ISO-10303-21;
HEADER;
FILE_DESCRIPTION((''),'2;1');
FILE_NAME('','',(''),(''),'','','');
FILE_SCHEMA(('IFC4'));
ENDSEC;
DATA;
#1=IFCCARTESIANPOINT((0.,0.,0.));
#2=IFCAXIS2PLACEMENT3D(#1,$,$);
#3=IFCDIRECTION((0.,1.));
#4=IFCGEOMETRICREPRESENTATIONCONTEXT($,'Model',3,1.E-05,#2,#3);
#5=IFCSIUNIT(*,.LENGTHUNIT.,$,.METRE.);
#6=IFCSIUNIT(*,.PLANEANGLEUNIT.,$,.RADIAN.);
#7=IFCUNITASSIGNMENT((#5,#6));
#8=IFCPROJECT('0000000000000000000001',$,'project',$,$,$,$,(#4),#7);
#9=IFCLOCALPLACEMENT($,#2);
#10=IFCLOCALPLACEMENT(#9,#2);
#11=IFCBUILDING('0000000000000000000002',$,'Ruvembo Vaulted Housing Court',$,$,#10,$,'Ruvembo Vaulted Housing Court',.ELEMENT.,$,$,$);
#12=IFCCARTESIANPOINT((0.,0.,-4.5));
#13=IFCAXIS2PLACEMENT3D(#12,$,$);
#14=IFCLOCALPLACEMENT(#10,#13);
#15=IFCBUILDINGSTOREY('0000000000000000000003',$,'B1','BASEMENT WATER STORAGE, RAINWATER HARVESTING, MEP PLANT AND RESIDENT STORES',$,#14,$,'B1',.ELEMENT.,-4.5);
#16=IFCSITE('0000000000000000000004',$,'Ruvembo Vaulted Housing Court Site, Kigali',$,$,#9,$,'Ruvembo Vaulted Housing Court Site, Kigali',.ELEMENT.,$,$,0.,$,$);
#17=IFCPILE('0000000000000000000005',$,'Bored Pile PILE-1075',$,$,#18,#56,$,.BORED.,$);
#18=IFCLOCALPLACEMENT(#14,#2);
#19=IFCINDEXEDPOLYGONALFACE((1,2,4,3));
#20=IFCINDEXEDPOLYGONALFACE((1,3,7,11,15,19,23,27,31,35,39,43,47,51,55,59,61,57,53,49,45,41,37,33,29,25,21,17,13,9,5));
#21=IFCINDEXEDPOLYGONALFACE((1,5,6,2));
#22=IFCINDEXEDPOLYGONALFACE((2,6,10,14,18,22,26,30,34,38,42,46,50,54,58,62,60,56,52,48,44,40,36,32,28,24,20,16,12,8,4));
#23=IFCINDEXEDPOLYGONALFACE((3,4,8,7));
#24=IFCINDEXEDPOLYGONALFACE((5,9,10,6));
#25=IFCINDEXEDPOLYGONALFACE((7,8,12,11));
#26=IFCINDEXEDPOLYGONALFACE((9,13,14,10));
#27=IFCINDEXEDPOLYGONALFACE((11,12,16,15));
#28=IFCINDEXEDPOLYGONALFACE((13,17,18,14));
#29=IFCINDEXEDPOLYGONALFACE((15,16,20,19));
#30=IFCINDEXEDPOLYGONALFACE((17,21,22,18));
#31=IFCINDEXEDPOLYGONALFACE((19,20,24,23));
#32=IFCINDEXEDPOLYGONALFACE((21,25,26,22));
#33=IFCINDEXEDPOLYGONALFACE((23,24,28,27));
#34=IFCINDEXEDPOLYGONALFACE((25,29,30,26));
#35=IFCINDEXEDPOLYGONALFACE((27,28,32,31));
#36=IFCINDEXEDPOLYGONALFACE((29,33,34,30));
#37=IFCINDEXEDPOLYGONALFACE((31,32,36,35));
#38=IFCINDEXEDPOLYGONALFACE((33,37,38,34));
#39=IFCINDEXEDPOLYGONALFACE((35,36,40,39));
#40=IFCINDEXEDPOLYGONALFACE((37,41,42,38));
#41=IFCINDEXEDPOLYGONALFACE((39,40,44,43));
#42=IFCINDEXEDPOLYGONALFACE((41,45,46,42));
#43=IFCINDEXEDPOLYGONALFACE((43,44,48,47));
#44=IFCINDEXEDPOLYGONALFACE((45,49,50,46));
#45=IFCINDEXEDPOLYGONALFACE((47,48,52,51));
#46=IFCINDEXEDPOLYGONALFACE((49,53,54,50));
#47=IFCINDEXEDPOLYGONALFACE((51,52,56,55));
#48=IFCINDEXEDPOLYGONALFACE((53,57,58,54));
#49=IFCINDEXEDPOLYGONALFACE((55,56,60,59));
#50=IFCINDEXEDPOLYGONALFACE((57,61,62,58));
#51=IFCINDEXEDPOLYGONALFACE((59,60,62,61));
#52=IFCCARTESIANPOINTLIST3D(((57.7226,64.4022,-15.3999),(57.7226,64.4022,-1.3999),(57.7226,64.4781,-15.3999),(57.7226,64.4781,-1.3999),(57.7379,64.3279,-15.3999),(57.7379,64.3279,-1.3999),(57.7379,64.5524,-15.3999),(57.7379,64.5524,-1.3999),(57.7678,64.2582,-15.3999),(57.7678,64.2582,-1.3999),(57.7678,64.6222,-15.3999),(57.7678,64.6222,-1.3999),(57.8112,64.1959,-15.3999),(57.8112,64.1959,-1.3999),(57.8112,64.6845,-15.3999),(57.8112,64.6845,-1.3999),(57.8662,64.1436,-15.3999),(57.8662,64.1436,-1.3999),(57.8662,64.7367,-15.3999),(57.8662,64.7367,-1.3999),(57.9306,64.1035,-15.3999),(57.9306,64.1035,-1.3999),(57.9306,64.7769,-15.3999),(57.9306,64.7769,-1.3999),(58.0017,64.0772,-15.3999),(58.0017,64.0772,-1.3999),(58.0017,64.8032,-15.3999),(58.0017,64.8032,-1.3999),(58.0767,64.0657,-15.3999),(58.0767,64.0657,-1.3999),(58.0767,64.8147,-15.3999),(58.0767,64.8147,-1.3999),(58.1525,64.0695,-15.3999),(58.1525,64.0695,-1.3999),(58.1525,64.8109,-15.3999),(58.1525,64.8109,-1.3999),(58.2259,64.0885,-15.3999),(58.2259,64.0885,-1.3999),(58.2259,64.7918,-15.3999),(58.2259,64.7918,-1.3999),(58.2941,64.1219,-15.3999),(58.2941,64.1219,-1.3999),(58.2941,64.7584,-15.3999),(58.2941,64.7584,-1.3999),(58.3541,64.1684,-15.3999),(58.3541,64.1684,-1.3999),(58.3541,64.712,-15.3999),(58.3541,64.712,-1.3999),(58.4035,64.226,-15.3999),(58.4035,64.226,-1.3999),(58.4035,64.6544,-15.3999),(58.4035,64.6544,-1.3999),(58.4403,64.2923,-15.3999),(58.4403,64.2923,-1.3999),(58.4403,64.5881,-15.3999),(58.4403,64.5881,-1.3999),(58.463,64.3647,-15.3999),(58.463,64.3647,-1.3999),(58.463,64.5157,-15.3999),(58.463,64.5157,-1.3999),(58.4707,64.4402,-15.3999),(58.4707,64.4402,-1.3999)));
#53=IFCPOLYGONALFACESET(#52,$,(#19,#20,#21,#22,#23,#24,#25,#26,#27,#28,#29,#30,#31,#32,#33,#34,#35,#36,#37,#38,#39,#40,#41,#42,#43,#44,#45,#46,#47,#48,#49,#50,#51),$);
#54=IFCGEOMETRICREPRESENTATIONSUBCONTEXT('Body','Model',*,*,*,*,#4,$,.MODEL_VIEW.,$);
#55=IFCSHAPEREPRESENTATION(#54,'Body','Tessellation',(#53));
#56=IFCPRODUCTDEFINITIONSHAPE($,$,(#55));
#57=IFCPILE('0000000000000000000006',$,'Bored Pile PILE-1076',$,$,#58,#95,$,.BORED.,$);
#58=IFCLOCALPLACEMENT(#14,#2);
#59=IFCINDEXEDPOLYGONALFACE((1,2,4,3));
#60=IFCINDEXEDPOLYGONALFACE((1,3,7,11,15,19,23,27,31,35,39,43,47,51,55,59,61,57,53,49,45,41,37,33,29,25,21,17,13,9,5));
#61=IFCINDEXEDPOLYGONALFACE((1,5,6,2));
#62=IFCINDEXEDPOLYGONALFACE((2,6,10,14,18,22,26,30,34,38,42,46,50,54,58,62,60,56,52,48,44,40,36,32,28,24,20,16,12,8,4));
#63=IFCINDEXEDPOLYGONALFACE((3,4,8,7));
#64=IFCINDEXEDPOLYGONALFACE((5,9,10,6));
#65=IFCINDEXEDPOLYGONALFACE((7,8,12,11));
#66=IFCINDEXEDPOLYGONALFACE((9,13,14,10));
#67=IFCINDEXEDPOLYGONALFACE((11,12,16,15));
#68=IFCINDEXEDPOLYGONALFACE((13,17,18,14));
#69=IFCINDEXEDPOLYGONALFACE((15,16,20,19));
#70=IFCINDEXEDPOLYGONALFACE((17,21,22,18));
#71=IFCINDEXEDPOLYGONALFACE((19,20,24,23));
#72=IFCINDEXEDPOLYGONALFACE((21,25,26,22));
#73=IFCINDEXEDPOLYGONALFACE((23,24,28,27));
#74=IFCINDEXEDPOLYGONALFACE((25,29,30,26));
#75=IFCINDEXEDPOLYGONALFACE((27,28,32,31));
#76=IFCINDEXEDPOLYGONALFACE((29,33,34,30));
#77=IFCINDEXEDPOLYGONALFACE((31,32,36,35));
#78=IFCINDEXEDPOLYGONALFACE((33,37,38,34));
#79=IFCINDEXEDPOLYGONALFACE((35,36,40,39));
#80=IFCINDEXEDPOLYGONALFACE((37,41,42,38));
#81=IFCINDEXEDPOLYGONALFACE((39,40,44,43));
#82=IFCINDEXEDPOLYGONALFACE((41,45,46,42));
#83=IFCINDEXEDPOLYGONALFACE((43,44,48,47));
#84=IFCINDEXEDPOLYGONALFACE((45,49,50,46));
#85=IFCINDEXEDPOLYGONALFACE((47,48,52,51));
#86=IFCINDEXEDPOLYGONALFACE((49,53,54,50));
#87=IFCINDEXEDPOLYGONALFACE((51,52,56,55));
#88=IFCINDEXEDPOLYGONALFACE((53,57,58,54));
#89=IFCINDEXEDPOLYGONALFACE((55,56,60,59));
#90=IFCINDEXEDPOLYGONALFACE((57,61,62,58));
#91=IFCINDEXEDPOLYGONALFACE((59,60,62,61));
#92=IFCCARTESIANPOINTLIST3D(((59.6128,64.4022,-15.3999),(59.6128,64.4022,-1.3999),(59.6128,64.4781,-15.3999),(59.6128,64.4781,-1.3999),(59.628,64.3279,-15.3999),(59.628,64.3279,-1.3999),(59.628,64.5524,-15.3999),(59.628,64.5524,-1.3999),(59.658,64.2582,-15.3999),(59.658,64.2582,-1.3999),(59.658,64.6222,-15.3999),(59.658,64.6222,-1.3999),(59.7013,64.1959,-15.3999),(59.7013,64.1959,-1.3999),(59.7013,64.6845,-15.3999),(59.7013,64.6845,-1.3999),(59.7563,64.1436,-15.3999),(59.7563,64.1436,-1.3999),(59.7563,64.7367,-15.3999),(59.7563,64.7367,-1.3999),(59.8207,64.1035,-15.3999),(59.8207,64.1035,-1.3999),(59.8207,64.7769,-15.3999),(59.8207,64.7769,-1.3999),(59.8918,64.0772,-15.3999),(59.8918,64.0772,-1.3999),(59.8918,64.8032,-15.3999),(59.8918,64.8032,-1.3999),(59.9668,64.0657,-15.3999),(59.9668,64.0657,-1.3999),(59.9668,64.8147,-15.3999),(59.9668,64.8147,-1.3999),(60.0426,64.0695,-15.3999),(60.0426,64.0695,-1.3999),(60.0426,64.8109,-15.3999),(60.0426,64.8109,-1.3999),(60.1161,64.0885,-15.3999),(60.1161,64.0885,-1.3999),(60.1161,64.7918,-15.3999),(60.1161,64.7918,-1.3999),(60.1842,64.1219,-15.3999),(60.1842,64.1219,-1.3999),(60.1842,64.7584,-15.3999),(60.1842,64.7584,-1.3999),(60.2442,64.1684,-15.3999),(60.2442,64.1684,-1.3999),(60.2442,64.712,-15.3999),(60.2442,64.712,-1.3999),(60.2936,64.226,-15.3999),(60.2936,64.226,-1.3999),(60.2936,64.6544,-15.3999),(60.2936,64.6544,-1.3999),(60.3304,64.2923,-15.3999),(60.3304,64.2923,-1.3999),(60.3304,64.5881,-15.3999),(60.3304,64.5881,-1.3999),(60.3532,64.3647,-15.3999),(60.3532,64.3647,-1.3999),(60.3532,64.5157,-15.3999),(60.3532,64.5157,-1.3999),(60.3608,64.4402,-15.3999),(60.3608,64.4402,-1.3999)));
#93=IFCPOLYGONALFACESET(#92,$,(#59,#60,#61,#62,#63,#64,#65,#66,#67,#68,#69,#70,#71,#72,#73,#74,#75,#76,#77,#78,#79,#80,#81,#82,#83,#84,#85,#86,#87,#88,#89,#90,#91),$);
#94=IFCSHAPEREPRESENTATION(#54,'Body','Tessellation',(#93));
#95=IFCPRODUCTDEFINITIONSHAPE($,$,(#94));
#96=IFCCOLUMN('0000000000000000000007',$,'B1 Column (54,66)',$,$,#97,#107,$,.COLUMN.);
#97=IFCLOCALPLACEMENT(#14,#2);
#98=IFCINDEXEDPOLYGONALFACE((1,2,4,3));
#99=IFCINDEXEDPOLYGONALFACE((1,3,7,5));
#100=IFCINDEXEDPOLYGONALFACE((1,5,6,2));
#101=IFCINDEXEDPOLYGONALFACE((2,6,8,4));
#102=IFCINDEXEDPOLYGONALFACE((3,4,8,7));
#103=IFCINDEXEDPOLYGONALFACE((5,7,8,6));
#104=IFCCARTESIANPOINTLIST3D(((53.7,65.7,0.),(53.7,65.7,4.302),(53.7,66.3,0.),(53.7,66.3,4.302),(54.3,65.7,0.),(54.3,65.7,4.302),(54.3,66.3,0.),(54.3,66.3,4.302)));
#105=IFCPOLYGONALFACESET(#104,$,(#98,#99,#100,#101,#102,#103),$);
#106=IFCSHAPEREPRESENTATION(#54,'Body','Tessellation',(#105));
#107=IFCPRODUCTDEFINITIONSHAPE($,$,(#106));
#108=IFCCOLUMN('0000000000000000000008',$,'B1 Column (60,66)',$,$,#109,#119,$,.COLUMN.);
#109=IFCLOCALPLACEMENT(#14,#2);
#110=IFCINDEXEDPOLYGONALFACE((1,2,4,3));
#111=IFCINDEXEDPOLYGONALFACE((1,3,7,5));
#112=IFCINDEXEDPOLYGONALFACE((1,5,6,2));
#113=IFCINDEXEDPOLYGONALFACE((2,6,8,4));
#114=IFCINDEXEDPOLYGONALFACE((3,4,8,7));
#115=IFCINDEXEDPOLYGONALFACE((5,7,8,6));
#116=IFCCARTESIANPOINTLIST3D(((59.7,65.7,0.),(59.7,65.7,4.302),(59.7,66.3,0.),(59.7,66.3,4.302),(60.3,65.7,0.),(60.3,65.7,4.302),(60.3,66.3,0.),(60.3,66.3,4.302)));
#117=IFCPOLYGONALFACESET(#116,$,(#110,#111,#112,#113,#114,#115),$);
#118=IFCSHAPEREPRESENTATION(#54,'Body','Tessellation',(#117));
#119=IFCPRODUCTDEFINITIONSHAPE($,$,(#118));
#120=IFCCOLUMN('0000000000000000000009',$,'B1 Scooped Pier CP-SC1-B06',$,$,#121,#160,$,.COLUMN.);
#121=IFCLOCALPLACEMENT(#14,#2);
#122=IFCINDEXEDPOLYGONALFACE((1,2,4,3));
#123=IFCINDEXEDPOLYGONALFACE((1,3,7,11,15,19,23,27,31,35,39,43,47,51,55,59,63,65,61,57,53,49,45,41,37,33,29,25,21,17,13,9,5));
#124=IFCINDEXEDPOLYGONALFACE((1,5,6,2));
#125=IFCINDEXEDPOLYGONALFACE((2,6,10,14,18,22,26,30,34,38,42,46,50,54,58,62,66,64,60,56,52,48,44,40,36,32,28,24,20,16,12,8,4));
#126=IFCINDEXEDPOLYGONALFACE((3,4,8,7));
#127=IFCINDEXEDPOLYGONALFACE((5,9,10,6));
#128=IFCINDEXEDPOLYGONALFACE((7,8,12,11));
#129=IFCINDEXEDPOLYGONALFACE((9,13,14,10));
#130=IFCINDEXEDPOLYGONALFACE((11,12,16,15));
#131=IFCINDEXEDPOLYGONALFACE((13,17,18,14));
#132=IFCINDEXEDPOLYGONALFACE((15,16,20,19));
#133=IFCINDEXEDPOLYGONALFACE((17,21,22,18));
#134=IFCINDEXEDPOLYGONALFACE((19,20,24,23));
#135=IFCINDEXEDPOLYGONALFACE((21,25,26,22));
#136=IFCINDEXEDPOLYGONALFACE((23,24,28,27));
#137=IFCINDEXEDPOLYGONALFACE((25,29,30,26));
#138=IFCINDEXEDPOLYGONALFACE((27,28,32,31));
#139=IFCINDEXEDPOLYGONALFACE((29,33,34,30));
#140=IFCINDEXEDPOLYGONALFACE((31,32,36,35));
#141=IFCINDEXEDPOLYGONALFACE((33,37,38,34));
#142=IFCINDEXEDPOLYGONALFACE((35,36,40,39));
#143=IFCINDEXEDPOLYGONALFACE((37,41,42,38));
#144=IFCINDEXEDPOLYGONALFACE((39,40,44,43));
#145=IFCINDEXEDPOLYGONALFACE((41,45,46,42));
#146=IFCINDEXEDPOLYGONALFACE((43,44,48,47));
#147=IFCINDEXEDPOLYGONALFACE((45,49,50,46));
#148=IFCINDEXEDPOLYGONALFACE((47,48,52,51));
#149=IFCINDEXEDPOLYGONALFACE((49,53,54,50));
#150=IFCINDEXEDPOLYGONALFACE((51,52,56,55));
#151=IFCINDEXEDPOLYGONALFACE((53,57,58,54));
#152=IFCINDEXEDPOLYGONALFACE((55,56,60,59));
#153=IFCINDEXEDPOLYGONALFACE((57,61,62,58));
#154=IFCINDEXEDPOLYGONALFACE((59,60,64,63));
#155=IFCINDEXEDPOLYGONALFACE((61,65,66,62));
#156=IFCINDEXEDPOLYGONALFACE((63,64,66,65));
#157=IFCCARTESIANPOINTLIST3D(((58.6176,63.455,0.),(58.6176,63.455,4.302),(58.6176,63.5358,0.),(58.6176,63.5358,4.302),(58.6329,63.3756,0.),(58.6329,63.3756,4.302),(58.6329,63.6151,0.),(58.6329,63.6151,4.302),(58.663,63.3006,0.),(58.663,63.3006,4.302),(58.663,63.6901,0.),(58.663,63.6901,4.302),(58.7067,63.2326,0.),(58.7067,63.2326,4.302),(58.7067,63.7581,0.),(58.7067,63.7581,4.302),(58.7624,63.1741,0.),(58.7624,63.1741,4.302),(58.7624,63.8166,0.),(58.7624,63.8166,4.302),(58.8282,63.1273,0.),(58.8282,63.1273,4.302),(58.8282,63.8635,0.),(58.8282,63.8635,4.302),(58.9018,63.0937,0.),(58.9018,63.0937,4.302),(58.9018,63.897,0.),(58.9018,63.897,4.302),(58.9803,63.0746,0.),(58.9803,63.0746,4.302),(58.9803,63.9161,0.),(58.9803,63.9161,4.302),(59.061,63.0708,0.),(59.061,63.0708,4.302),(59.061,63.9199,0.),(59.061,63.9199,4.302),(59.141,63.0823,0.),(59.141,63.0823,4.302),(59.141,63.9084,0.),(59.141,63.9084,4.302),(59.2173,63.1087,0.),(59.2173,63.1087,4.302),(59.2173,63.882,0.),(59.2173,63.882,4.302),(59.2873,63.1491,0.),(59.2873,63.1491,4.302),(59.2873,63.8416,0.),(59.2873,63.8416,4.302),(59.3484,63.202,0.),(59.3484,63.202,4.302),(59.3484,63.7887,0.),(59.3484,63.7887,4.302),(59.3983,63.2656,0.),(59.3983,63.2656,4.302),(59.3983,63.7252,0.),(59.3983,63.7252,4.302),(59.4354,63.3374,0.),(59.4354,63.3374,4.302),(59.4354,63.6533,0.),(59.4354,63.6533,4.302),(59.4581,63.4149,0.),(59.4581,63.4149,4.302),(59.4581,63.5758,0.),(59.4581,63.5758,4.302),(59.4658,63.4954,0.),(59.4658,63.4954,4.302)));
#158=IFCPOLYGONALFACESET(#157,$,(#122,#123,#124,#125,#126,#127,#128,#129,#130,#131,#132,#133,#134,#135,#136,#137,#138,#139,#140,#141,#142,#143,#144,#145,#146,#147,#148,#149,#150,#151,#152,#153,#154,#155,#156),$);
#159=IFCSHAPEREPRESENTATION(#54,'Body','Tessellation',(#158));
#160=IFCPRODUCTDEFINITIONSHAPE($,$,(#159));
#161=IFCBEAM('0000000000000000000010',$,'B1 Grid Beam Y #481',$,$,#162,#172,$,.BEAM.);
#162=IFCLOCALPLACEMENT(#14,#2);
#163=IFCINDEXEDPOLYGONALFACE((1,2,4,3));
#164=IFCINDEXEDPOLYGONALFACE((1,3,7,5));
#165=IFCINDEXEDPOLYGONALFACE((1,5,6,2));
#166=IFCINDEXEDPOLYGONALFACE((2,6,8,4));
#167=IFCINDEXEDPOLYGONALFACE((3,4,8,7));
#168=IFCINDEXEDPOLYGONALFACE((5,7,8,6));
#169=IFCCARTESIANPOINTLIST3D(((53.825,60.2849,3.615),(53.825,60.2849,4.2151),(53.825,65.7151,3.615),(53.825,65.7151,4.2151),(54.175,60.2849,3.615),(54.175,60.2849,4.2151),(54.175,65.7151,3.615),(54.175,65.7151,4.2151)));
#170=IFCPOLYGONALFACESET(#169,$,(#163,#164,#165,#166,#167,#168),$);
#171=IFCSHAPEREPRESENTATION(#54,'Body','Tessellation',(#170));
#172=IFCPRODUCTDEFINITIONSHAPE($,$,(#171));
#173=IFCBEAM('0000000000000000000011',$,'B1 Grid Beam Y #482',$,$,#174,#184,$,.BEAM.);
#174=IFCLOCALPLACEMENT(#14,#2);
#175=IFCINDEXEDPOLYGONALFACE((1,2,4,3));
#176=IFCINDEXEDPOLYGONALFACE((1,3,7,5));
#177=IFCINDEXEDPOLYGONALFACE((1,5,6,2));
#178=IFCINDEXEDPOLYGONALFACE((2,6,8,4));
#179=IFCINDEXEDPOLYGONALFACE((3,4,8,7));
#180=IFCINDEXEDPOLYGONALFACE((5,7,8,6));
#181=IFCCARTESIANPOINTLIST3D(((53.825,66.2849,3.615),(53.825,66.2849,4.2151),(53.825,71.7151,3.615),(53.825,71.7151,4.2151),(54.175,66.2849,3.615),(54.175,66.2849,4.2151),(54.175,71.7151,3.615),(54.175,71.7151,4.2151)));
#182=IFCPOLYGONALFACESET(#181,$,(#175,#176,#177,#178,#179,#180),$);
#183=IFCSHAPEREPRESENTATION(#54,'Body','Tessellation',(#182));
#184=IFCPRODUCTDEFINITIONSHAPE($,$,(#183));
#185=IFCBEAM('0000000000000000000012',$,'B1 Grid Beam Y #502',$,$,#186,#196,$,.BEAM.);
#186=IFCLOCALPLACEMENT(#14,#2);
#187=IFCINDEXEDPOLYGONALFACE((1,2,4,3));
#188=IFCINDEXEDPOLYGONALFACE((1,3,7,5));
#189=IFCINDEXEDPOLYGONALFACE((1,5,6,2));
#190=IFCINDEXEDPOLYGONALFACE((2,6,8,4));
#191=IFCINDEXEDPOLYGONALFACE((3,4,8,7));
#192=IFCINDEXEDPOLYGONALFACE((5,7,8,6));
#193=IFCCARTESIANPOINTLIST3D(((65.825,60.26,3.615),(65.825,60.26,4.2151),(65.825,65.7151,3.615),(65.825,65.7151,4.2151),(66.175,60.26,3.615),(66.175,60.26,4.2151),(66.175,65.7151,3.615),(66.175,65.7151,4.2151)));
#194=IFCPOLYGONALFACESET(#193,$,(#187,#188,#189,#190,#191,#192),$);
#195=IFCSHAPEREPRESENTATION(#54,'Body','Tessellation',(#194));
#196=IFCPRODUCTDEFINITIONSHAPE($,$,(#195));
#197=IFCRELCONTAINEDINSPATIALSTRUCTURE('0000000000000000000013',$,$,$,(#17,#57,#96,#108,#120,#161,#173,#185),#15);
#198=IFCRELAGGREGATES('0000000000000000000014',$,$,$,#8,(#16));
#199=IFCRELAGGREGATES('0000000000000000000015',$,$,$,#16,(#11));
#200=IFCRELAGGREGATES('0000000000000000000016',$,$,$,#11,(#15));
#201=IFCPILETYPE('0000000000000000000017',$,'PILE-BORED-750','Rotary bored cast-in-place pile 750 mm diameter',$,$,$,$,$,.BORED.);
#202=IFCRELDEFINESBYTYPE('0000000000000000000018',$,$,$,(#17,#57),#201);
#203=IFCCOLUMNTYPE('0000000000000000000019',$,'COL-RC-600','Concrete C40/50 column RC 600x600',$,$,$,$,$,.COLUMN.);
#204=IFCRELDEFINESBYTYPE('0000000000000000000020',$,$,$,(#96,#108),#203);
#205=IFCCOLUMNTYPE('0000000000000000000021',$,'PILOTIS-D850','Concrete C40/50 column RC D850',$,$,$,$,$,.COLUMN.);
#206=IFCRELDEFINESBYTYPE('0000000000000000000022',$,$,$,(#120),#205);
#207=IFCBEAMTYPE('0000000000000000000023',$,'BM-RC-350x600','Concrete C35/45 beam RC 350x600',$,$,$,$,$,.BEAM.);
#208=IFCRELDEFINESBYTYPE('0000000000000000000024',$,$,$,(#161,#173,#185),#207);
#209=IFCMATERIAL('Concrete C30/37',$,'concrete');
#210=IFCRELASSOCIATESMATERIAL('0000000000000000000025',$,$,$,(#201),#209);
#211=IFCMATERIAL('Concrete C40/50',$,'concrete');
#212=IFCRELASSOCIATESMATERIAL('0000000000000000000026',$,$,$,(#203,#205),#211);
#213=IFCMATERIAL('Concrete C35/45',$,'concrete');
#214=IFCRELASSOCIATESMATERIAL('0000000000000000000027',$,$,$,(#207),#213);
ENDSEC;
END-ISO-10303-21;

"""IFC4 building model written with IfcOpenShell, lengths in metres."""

from ifc_helpers import new_model, si_unit, direction, frame, origin, origin_2d, place, context, subcontext, project, spatial, rectangle, circle, extrude, material, material_profile, profile_set, type_object, element, save


model = new_model("IFC4")

# Units and contexts
model_context = context("Model", 3, precision=1e-05, world=origin(), true_north=direction((0.0, 1.0)))
body_context = subcontext(model_context, "Body", "Model", "MODEL_VIEW")
ifc_project = project(units=[si_unit("LENGTHUNIT", "METRE"), si_unit("PLANEANGLEUNIT", "RADIAN")], contexts=[model_context])

# Site, building, storey
site_placement = place(None, origin())
site = spatial("IfcSite", under=ifc_project, at=site_placement, Name="Ruvembo Vaulted Housing Court Site, Kigali", LongName="Ruvembo Vaulted Housing Court Site, Kigali", CompositionType="ELEMENT", RefElevation=0.0)
building_placement = place(site_placement, origin())
building = spatial("IfcBuilding", under=site, at=building_placement, Name="Ruvembo Vaulted Housing Court", LongName="Ruvembo Vaulted Housing Court", CompositionType="ELEMENT")
storey_placement = place(building_placement, frame((0.0, 0.0, -4.5)))
storey = spatial("IfcBuildingStorey", under=building, at=storey_placement, Name="B1", Description="BASEMENT WATER STORAGE, RAINWATER HARVESTING, MEP PLANT AND RESIDENT STORES", LongName="B1", CompositionType="ELEMENT", Elevation=-4.5)

# Shared definitions
ifc_material_1 = material(Name="Concrete C35/45", Category="concrete")

# Piles
ifc_material_2 = material(Name="Concrete C30/37", Category="concrete")
ifc_material_profile_1 = material_profile(ifc_material_2, circle(Radius=0.375, at=origin_2d()), Name="PILE D750")
ifc_profile_set_1 = profile_set([ifc_material_profile_1], Name="Concrete C30/37")
pile_type_1 = type_object("IfcPileType", Name="PILE-BORED-750", Description="Rotary bored cast-in-place pile 750 mm diameter", PredefinedType="BORED", material=ifc_profile_set_1)
for number, where, z_axis, x_axis, name in (
    (1, (58.0957, 64.4402, -1.3999), (0.0, 0.0, -1.0), (1.0, 0.0, 0.0), "Bored Pile PILE-1075"),
    (2, (59.9858, 64.4402, -1.3999), (0.0, 0.0, -1.0), (1.0, 0.0, 0.0), "Bored Pile PILE-1076"),
):
    element("IfcPile", number, at=place(storey_placement, frame(where, z_axis=z_axis, x_axis=x_axis)), inside=storey, type_object=pile_type_1, Name=name, PredefinedType="BORED", context=body_context, shape_type="SweptSolid", body=[
        extrude(circle(Radius=0.375, at=origin_2d()), origin(), (0.0, 0.0, 1.0), 14.0),
    ])

# Columns
ifc_material_3 = material(Name="Concrete C40/50", Category="concrete")
ifc_material_profile_2 = material_profile(ifc_material_3, rectangle(XDim=0.6001, YDim=0.6001, at=origin_2d()), Name="RC 600x600")
ifc_profile_set_2 = profile_set([ifc_material_profile_2], Name="Concrete C40/50")
column_type_1 = type_object("IfcColumnType", Name="COL-RC-600", Description="Concrete C40/50 column RC 600x600", PredefinedType="COLUMN", material=ifc_profile_set_2)
for number, where, z_axis, x_axis, name in (
    (3, (54.0, 66.0, 0.0), (0.0, 0.0, 1.0), (1.0, 0.0, 0.0), "B1 Column (54,66)"),
    (4, (60.0, 66.0, 0.0), (0.0, 0.0, 1.0), (1.0, 0.0, 0.0), "B1 Column (60,66)"),
):
    element("IfcColumn", number, at=place(storey_placement, frame(where, z_axis=z_axis, x_axis=x_axis)), inside=storey, type_object=column_type_1, Name=name, PredefinedType="COLUMN", context=body_context, shape_type="SweptSolid", body=[
        extrude(rectangle(XDim=0.6001, YDim=0.6001, at=origin_2d()), origin(), (0.0, 0.0, 1.0), 4.302),
    ])
ifc_material_profile_3 = material_profile(ifc_material_3, circle(Radius=0.425, at=origin_2d()), Name="RC D850")
ifc_profile_set_3 = profile_set([ifc_material_profile_3], Name="Concrete C40/50")
column_type_2 = type_object("IfcColumnType", Name="PILOTIS-D850", Description="Concrete C40/50 column RC D850", PredefinedType="COLUMN", material=ifc_profile_set_3)
column_placement = place(storey_placement, frame((59.0408, 63.4954, 0.0), z_axis=(0.0, 0.0, 1.0), x_axis=(1.0, 0.0, 0.0)))
element("IfcColumn", 5, at=column_placement, inside=storey, type_object=column_type_2, Name="B1 Scooped Pier CP-SC1-B06", PredefinedType="COLUMN", context=body_context, shape_type="SweptSolid", body=[
    extrude(circle(Radius=0.425, at=origin_2d()), origin(), (0.0, 0.0, 1.0), 4.302),
])

# Beams
ifc_material_profile_4 = material_profile(ifc_material_1, rectangle(XDim=0.3501, YDim=0.6001, at=origin_2d()), Name="RC 350x600")
ifc_profile_set_4 = profile_set([ifc_material_profile_4], Name="Concrete C35/45")
beam_type_1 = type_object("IfcBeamType", Name="BM-RC-350x600", Description="Concrete C35/45 beam RC 350x600", PredefinedType="BEAM", material=ifc_profile_set_4)
for number, where, z_axis, x_axis, name in (
    (6, (54.0, 60.2849, 3.915), (0.0, 1.0, 0.0), (-1.0, 0.0, 0.0), "B1 Grid Beam Y #481"),
    (7, (54.0, 66.2849, 3.915), (0.0, 1.0, 0.0), (-1.0, 0.0, 0.0), "B1 Grid Beam Y #482"),
):
    element("IfcBeam", number, at=place(storey_placement, frame(where, z_axis=z_axis, x_axis=x_axis)), inside=storey, type_object=beam_type_1, Name=name, PredefinedType="BEAM", context=body_context, shape_type="SweptSolid", body=[
        extrude(rectangle(XDim=0.3501, YDim=0.6001, at=origin_2d()), origin(), (0.0, 0.0, 1.0), 5.4302),
    ])
beam_placement = place(storey_placement, frame((66.0, 60.26, 3.915), z_axis=(0.0, 1.0, 0.0), x_axis=(-1.0, 0.0, 0.0)))
element("IfcBeam", 8, at=beam_placement, inside=storey, type_object=beam_type_1, Name="B1 Grid Beam Y #502", PredefinedType="BEAM", context=body_context, shape_type="SweptSolid", body=[
    extrude(rectangle(XDim=0.3501, YDim=0.6001, at=origin_2d()), origin(), (0.0, 0.0, 1.0), 5.4551),
])

save(model, "model.ifc")
